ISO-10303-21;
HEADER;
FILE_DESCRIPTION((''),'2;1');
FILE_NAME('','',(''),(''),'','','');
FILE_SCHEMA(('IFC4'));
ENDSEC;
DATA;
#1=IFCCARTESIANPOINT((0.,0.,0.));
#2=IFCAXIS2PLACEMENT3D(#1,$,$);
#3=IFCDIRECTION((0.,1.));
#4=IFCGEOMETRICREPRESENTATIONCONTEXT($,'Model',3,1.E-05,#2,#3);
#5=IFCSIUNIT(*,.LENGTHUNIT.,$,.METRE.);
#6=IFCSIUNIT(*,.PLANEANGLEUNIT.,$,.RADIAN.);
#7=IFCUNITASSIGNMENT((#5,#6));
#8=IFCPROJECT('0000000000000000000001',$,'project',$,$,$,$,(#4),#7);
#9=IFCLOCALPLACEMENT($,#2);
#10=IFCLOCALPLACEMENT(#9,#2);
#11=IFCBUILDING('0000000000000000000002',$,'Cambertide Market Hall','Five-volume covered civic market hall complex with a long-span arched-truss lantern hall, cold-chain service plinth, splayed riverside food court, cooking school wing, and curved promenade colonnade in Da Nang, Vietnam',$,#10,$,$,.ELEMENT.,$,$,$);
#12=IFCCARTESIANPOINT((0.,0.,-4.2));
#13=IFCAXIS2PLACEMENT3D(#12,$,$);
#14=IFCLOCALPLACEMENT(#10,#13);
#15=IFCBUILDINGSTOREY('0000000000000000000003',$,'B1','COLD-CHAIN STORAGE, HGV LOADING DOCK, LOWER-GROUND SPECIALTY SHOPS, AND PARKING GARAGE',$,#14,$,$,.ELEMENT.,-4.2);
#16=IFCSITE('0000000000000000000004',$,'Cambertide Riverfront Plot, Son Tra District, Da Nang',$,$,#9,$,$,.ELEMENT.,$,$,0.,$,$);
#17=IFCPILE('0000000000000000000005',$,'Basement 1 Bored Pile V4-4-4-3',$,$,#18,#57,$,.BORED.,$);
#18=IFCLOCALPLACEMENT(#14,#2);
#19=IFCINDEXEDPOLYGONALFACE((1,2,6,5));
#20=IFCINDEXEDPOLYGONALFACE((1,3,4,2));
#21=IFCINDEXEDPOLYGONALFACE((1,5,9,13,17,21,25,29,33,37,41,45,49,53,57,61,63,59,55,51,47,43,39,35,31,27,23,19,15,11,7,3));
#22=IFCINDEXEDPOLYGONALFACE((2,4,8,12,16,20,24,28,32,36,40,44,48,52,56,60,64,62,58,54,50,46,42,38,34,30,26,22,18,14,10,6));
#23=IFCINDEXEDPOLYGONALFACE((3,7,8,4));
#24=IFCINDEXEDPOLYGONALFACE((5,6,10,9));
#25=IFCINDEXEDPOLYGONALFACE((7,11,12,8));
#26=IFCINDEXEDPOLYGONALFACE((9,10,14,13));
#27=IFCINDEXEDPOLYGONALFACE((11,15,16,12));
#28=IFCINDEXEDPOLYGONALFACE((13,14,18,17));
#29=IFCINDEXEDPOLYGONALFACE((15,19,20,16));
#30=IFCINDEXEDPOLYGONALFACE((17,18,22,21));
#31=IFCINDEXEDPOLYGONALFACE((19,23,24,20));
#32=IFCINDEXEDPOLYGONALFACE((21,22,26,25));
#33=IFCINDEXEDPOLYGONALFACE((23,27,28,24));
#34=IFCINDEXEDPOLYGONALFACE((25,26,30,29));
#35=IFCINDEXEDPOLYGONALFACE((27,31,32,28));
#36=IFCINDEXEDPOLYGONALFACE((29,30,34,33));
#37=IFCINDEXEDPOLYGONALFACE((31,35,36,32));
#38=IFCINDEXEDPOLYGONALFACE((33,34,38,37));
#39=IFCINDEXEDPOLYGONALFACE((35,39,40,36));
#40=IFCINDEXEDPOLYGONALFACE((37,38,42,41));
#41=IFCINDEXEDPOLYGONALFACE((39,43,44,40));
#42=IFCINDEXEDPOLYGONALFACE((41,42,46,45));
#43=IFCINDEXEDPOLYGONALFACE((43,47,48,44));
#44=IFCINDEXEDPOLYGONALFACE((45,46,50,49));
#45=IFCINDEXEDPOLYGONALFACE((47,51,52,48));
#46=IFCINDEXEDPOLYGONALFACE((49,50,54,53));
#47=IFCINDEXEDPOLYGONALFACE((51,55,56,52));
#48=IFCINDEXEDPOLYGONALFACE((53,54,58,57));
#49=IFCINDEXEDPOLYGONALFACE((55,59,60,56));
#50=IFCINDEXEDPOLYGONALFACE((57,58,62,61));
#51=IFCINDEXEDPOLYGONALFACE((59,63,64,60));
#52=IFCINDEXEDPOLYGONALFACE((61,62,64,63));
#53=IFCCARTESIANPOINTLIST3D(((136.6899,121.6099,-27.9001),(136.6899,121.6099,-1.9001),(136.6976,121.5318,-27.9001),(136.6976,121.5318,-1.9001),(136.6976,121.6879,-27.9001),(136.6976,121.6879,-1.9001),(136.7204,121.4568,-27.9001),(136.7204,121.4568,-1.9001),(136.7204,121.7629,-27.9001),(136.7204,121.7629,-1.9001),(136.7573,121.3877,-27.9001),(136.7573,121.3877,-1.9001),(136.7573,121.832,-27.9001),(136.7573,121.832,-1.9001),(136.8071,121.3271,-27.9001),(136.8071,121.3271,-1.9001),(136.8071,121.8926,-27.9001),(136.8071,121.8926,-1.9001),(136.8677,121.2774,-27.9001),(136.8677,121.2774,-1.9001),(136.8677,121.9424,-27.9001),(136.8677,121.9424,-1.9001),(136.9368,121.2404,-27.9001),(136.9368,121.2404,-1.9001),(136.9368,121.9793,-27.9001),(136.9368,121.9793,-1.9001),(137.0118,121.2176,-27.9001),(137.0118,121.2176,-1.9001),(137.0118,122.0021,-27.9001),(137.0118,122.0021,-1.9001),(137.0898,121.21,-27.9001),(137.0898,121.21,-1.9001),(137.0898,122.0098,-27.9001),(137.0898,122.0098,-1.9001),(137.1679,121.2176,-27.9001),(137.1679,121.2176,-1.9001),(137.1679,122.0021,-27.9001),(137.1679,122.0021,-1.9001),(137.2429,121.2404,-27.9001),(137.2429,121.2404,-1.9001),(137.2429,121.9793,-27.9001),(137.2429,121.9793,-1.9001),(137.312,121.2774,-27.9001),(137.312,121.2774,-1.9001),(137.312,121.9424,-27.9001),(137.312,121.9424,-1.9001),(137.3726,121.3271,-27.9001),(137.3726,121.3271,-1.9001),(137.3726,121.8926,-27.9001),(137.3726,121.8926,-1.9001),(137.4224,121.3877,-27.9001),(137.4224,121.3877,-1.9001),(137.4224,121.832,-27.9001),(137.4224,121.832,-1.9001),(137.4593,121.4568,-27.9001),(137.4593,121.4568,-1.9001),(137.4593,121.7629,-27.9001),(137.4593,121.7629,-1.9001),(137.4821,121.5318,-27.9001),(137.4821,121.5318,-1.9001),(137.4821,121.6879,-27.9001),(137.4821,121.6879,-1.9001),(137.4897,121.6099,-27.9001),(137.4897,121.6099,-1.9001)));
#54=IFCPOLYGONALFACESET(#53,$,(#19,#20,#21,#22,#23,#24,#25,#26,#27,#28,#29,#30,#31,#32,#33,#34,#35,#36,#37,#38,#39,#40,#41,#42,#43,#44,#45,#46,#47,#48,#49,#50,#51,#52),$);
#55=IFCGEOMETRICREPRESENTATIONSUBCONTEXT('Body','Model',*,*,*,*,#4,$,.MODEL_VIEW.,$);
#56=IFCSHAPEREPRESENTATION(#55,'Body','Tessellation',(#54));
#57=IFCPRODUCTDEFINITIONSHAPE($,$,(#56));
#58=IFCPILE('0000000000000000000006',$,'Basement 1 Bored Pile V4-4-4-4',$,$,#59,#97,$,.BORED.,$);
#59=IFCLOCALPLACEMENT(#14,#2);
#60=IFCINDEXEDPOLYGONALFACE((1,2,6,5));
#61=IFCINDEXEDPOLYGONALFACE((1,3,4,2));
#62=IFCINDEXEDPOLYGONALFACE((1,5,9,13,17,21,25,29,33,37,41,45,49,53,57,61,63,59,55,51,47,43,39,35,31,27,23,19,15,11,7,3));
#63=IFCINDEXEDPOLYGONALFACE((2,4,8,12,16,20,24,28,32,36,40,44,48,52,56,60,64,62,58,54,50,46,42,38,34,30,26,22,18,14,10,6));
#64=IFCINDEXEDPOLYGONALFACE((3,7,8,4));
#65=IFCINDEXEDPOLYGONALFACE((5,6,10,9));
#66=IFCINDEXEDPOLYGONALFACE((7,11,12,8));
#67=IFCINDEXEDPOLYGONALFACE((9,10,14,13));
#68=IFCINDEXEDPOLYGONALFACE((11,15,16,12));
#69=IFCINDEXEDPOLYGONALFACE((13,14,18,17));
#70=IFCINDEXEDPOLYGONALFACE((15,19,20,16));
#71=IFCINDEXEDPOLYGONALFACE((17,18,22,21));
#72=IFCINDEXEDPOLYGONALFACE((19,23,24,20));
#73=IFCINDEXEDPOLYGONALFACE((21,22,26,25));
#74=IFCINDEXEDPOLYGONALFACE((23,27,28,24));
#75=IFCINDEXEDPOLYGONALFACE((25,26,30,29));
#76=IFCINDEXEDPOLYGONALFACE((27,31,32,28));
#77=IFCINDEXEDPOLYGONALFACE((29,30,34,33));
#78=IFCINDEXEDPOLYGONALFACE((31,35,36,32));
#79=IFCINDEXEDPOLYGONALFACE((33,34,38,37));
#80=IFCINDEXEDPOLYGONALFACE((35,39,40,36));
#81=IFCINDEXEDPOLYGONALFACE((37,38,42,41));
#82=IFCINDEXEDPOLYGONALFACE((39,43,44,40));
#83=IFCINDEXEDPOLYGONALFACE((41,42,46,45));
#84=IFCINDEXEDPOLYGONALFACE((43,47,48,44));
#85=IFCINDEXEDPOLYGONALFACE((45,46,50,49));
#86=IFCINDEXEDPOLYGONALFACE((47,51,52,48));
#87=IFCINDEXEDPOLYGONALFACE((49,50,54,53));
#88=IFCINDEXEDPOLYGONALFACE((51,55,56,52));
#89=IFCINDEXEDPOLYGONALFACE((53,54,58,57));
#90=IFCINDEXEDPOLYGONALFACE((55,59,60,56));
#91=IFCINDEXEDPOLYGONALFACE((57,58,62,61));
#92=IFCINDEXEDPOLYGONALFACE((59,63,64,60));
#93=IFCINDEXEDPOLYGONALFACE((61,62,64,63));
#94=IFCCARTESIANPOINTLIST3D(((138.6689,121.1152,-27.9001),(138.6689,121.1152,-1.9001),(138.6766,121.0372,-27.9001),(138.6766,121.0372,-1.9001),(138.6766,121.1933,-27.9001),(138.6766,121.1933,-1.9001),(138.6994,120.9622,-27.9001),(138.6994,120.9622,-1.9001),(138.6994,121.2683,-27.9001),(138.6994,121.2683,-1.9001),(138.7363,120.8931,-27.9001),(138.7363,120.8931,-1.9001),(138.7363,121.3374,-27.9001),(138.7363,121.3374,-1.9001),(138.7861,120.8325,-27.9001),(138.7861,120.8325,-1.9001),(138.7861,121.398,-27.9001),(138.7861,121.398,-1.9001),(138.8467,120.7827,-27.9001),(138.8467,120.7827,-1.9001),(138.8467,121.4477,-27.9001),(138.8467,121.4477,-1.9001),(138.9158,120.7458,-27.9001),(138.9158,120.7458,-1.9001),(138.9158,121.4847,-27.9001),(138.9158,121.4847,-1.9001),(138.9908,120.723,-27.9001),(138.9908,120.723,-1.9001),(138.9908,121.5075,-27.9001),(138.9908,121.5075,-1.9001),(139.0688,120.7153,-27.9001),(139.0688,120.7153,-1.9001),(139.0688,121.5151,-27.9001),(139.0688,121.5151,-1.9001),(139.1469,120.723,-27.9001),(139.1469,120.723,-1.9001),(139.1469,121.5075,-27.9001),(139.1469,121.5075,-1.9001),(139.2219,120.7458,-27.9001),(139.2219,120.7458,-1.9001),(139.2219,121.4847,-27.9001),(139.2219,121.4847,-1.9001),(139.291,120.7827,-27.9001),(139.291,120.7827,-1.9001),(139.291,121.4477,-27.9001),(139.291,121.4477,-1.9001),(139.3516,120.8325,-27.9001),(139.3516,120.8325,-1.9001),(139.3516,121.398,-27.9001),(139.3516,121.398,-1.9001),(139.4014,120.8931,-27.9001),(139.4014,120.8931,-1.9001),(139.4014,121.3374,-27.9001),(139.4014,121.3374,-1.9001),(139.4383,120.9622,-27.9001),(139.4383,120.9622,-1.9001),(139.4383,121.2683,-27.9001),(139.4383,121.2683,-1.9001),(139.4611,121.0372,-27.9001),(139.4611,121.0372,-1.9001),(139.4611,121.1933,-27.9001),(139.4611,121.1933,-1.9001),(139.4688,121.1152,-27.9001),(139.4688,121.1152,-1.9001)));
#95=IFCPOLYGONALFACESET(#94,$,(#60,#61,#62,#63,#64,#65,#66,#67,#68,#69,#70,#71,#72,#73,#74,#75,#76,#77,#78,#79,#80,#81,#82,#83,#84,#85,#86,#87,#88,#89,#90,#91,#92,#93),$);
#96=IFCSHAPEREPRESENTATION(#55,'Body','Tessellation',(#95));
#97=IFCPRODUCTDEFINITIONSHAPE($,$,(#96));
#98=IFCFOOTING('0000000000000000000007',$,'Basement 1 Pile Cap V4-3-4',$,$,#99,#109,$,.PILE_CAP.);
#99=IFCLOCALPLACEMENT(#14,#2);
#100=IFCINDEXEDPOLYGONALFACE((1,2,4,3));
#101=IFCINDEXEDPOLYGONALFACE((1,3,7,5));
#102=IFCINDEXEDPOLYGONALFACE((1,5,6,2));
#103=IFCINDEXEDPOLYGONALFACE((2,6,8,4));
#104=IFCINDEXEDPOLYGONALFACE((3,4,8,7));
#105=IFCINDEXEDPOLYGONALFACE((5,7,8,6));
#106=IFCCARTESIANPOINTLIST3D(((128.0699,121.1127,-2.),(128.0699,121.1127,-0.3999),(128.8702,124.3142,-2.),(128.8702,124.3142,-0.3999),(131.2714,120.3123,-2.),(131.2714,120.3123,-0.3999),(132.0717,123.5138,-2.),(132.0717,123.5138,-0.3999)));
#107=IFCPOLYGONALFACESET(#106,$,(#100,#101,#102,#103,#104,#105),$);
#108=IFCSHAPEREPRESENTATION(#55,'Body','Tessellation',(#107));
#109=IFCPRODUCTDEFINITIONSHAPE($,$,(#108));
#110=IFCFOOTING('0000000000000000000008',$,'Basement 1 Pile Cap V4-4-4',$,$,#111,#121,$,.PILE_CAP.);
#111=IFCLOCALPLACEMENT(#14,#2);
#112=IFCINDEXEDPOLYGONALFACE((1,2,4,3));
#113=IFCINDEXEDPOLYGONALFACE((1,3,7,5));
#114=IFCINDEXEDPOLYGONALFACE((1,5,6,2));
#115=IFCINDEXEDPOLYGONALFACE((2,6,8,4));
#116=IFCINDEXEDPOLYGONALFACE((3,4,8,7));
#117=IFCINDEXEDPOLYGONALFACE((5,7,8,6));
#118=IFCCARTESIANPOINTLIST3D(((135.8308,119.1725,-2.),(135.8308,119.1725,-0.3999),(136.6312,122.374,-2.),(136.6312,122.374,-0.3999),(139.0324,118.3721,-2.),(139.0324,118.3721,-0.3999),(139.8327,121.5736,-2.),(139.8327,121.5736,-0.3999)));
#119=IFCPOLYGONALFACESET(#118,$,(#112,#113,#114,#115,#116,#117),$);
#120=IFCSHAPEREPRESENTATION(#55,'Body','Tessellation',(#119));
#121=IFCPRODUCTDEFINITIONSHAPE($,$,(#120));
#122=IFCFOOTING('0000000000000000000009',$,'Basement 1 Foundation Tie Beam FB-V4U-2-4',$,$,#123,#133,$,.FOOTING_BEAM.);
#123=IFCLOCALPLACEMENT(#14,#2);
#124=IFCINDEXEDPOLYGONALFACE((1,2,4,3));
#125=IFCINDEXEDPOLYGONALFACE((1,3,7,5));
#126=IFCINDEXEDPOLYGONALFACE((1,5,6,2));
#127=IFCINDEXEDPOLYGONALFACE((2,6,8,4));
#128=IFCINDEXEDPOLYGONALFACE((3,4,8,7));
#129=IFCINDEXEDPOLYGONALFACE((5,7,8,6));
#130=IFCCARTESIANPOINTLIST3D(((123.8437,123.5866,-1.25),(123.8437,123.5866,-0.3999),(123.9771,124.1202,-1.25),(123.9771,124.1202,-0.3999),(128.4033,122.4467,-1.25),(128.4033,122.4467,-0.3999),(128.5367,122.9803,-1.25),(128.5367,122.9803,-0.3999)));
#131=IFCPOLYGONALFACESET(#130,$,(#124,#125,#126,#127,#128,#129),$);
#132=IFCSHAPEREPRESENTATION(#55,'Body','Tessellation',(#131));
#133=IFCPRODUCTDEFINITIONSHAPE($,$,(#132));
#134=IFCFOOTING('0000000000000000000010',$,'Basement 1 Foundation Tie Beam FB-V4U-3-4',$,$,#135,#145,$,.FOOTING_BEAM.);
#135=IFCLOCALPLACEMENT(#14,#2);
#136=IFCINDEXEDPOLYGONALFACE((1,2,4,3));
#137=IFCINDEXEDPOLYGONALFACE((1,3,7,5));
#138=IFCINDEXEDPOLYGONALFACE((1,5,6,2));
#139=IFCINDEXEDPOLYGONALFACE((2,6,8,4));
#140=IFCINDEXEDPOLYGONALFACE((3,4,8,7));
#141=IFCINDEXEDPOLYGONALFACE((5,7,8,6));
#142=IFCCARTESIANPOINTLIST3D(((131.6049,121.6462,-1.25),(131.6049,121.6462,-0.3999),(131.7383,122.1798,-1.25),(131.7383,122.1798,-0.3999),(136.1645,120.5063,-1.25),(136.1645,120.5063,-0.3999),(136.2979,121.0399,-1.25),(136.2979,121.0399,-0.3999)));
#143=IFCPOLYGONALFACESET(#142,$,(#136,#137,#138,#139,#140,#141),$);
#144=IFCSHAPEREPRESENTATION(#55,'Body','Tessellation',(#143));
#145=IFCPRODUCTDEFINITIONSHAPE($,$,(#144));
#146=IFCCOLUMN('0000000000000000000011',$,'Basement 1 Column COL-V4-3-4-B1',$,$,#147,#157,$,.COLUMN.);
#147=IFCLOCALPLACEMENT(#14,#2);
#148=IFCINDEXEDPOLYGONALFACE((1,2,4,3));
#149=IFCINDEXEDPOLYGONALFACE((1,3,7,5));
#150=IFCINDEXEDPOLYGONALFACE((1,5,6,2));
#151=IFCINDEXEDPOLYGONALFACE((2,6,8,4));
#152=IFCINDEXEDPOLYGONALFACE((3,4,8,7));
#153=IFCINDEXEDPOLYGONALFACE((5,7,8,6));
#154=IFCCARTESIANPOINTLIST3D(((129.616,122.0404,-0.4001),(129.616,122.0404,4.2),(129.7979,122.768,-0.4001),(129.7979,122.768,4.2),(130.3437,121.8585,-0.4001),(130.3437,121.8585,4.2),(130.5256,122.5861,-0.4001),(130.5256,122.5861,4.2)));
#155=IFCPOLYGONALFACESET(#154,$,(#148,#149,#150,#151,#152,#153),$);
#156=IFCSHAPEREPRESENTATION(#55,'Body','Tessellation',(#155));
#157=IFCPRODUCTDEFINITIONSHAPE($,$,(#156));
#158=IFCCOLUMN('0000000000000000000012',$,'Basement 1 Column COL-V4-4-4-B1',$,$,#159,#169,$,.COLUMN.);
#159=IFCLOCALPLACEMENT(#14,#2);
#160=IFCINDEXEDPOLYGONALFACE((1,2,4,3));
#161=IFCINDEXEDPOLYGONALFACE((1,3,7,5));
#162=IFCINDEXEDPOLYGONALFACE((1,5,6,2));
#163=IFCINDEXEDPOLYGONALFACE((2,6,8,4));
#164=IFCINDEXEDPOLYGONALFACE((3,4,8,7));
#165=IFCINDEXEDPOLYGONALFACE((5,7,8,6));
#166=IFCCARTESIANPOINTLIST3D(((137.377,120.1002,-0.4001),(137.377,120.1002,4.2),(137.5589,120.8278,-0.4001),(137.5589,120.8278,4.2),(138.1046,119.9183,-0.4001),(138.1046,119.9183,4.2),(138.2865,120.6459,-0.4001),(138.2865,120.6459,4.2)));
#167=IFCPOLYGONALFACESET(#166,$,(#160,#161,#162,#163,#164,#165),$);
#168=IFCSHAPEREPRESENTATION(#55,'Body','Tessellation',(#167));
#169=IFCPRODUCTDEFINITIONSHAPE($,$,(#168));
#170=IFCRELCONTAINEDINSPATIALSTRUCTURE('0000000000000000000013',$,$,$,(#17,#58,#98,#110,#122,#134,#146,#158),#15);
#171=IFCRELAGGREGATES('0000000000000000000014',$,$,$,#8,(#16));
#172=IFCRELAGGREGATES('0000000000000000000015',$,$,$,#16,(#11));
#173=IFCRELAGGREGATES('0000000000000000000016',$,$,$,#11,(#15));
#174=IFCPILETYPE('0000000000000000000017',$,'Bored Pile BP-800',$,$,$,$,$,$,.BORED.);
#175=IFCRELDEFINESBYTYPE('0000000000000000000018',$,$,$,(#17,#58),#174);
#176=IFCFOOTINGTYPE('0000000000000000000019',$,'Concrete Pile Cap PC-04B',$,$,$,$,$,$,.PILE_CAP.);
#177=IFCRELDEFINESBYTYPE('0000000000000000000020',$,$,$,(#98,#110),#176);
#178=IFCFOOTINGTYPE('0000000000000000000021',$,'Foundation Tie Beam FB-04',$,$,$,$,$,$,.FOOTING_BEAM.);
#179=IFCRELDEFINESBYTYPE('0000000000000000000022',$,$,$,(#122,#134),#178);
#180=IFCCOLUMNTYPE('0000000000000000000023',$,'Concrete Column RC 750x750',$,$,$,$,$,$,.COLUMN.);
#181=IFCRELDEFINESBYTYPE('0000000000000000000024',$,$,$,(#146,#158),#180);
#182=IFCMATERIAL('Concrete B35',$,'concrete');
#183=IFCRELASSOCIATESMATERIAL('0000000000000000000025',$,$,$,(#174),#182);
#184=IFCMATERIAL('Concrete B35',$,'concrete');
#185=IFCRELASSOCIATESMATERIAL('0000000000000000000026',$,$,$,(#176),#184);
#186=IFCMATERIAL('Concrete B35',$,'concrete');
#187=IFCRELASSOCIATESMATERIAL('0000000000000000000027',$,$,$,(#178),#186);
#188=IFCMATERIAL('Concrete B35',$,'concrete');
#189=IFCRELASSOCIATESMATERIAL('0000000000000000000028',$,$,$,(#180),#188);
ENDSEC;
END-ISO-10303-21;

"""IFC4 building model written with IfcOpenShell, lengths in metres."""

from ifc_helpers import new_model, si_unit, direction, frame, origin, origin_2d, place, context, subcontext, project, spatial, rectangle, circle, extrude, material, material_profile, profile_set, type_object, element, save


model = new_model("IFC4")

# Units and contexts
model_context = context("Model", 3, precision=1e-05, world=origin(), true_north=direction((0.0, 1.0)))
body_context = subcontext(model_context, "Body", "Model", "MODEL_VIEW")
ifc_project = project(units=[si_unit("LENGTHUNIT", "METRE"), si_unit("PLANEANGLEUNIT", "RADIAN")], contexts=[model_context])

# Site, building, storey
site_placement = place(None, origin())
site = spatial("IfcSite", under=ifc_project, at=site_placement, Name="Cambertide Riverfront Plot, Son Tra District, Da Nang", CompositionType="ELEMENT", RefElevation=0.0)
building_placement = place(site_placement, origin())
building = spatial("IfcBuilding", under=site, at=building_placement, Name="Cambertide Market Hall", Description="Five-volume covered civic market hall complex with a long-span arched-truss lantern hall, cold-chain service plinth, splayed riverside food court, cooking school wing, and curved promenade colonnade in Da Nang, Vietnam", CompositionType="ELEMENT")
storey_placement = place(building_placement, frame((0.0, 0.0, -4.2)))
storey = spatial("IfcBuildingStorey", under=building, at=storey_placement, Name="B1", Description="COLD-CHAIN STORAGE, HGV LOADING DOCK, LOWER-GROUND SPECIALTY SHOPS, AND PARKING GARAGE", CompositionType="ELEMENT", Elevation=-4.2)

# Piles
ifc_material_1 = material(Name="Concrete B35", Category="concrete")
ifc_material_profile_1 = material_profile(ifc_material_1, circle(Radius=0.3999, at=origin_2d()), Name="BP D800")
ifc_profile_set_1 = profile_set([ifc_material_profile_1], Name="Concrete B35")
pile_type_1 = type_object("IfcPileType", Name="Bored Pile BP-800", PredefinedType="BORED", material=ifc_profile_set_1)
for number, where, z_axis, x_axis, name in (
    (1, (137.0898, 121.6099, -1.9001), (0.0, 0.0, -1.0), (1.0, 0.0, 0.0), "Basement 1 Bored Pile V4-4-4-3"),
    (2, (139.0688, 121.1152, -1.9001), (0.0, 0.0, -1.0), (1.0, 0.0, 0.0), "Basement 1 Bored Pile V4-4-4-4"),
):
    element("IfcPile", number, at=place(storey_placement, frame(where, z_axis=z_axis, x_axis=x_axis)), inside=storey, type_object=pile_type_1, Name=name, PredefinedType="BORED", context=body_context, shape_type="SweptSolid", body=[
        extrude(circle(Radius=0.3999, at=origin_2d()), origin(), (0.0, 0.0, 1.0), 26.0),
    ])

# Footings
ifc_material_2 = material(Name="Concrete B35", Category="concrete")
footing_type_1 = type_object("IfcFootingType", Name="Concrete Pile Cap PC-04B", PredefinedType="PILE_CAP", material=ifc_material_2)
for number, where, z_axis, x_axis, name in (
    (3, (130.0708, 122.3132, -2.0), (0.0, 0.0, 1.0), (0.970143, -0.242536, 0.0), "Basement 1 Pile Cap V4-3-4"),
    (4, (137.8318, 120.373, -2.0), (0.0, 0.0, 1.0), (0.970143, -0.242536, 0.0), "Basement 1 Pile Cap V4-4-4"),
):
    element("IfcFooting", number, at=place(storey_placement, frame(where, z_axis=z_axis, x_axis=x_axis)), inside=storey, type_object=footing_type_1, Name=name, PredefinedType="PILE_CAP", context=body_context, shape_type="SweptSolid", body=[
        extrude(rectangle(XDim=3.3, YDim=3.3, at=origin_2d()), origin(), (0.0, 0.0, 1.0), 1.6001),
    ])
ifc_material_3 = material(Name="Concrete B35", Category="concrete")
footing_type_2 = type_object("IfcFootingType", Name="Foundation Tie Beam FB-04", PredefinedType="FOOTING_BEAM", material=ifc_material_3)
for number, where, z_axis, x_axis, name in (
    (5, (126.1902, 123.2834, -1.25), (0.0, 0.0, 1.0), (0.970143, -0.242536, 0.0), "Basement 1 Foundation Tie Beam FB-V4U-2-4"),
    (6, (133.9514, 121.343, -1.25), (0.0, 0.0, 1.0), (0.970143, -0.242536, 0.0), "Basement 1 Foundation Tie Beam FB-V4U-3-4"),
):
    element("IfcFooting", number, at=place(storey_placement, frame(where, z_axis=z_axis, x_axis=x_axis)), inside=storey, type_object=footing_type_2, Name=name, PredefinedType="FOOTING_BEAM", context=body_context, shape_type="SweptSolid", body=[
        extrude(rectangle(XDim=4.7, YDim=0.55, at=origin_2d()), origin(), (0.0, 0.0, 1.0), 0.8501),
    ])

# Columns
ifc_material_4 = material(Name="Concrete B35", Category="concrete")
ifc_material_profile_2 = material_profile(ifc_material_4, rectangle(XDim=0.75, YDim=0.75, at=origin_2d()), Name="RC 750x750")
ifc_profile_set_2 = profile_set([ifc_material_profile_2], Name="Concrete B35")
column_type_1 = type_object("IfcColumnType", Name="Concrete Column RC 750x750", PredefinedType="COLUMN", material=ifc_profile_set_2)
for number, where, z_axis, x_axis, name in (
    (7, (130.0708, 122.3132, -0.4001), (0.0, 0.0, 1.0), (0.970143, -0.242536, 0.0), "Basement 1 Column COL-V4-3-4-B1"),
    (8, (137.8318, 120.373, -0.4001), (0.0, 0.0, 1.0), (0.970143, -0.242536, 0.0), "Basement 1 Column COL-V4-4-4-B1"),
):
    element("IfcColumn", number, at=place(storey_placement, frame(where, z_axis=z_axis, x_axis=x_axis)), inside=storey, type_object=column_type_1, Name=name, PredefinedType="COLUMN", context=body_context, shape_type="SweptSolid", body=[
        extrude(rectangle(XDim=0.75, YDim=0.75, at=origin_2d()), origin(), (0.0, 0.0, 1.0), 4.6001),
    ])

save(model, "model.ifc")
